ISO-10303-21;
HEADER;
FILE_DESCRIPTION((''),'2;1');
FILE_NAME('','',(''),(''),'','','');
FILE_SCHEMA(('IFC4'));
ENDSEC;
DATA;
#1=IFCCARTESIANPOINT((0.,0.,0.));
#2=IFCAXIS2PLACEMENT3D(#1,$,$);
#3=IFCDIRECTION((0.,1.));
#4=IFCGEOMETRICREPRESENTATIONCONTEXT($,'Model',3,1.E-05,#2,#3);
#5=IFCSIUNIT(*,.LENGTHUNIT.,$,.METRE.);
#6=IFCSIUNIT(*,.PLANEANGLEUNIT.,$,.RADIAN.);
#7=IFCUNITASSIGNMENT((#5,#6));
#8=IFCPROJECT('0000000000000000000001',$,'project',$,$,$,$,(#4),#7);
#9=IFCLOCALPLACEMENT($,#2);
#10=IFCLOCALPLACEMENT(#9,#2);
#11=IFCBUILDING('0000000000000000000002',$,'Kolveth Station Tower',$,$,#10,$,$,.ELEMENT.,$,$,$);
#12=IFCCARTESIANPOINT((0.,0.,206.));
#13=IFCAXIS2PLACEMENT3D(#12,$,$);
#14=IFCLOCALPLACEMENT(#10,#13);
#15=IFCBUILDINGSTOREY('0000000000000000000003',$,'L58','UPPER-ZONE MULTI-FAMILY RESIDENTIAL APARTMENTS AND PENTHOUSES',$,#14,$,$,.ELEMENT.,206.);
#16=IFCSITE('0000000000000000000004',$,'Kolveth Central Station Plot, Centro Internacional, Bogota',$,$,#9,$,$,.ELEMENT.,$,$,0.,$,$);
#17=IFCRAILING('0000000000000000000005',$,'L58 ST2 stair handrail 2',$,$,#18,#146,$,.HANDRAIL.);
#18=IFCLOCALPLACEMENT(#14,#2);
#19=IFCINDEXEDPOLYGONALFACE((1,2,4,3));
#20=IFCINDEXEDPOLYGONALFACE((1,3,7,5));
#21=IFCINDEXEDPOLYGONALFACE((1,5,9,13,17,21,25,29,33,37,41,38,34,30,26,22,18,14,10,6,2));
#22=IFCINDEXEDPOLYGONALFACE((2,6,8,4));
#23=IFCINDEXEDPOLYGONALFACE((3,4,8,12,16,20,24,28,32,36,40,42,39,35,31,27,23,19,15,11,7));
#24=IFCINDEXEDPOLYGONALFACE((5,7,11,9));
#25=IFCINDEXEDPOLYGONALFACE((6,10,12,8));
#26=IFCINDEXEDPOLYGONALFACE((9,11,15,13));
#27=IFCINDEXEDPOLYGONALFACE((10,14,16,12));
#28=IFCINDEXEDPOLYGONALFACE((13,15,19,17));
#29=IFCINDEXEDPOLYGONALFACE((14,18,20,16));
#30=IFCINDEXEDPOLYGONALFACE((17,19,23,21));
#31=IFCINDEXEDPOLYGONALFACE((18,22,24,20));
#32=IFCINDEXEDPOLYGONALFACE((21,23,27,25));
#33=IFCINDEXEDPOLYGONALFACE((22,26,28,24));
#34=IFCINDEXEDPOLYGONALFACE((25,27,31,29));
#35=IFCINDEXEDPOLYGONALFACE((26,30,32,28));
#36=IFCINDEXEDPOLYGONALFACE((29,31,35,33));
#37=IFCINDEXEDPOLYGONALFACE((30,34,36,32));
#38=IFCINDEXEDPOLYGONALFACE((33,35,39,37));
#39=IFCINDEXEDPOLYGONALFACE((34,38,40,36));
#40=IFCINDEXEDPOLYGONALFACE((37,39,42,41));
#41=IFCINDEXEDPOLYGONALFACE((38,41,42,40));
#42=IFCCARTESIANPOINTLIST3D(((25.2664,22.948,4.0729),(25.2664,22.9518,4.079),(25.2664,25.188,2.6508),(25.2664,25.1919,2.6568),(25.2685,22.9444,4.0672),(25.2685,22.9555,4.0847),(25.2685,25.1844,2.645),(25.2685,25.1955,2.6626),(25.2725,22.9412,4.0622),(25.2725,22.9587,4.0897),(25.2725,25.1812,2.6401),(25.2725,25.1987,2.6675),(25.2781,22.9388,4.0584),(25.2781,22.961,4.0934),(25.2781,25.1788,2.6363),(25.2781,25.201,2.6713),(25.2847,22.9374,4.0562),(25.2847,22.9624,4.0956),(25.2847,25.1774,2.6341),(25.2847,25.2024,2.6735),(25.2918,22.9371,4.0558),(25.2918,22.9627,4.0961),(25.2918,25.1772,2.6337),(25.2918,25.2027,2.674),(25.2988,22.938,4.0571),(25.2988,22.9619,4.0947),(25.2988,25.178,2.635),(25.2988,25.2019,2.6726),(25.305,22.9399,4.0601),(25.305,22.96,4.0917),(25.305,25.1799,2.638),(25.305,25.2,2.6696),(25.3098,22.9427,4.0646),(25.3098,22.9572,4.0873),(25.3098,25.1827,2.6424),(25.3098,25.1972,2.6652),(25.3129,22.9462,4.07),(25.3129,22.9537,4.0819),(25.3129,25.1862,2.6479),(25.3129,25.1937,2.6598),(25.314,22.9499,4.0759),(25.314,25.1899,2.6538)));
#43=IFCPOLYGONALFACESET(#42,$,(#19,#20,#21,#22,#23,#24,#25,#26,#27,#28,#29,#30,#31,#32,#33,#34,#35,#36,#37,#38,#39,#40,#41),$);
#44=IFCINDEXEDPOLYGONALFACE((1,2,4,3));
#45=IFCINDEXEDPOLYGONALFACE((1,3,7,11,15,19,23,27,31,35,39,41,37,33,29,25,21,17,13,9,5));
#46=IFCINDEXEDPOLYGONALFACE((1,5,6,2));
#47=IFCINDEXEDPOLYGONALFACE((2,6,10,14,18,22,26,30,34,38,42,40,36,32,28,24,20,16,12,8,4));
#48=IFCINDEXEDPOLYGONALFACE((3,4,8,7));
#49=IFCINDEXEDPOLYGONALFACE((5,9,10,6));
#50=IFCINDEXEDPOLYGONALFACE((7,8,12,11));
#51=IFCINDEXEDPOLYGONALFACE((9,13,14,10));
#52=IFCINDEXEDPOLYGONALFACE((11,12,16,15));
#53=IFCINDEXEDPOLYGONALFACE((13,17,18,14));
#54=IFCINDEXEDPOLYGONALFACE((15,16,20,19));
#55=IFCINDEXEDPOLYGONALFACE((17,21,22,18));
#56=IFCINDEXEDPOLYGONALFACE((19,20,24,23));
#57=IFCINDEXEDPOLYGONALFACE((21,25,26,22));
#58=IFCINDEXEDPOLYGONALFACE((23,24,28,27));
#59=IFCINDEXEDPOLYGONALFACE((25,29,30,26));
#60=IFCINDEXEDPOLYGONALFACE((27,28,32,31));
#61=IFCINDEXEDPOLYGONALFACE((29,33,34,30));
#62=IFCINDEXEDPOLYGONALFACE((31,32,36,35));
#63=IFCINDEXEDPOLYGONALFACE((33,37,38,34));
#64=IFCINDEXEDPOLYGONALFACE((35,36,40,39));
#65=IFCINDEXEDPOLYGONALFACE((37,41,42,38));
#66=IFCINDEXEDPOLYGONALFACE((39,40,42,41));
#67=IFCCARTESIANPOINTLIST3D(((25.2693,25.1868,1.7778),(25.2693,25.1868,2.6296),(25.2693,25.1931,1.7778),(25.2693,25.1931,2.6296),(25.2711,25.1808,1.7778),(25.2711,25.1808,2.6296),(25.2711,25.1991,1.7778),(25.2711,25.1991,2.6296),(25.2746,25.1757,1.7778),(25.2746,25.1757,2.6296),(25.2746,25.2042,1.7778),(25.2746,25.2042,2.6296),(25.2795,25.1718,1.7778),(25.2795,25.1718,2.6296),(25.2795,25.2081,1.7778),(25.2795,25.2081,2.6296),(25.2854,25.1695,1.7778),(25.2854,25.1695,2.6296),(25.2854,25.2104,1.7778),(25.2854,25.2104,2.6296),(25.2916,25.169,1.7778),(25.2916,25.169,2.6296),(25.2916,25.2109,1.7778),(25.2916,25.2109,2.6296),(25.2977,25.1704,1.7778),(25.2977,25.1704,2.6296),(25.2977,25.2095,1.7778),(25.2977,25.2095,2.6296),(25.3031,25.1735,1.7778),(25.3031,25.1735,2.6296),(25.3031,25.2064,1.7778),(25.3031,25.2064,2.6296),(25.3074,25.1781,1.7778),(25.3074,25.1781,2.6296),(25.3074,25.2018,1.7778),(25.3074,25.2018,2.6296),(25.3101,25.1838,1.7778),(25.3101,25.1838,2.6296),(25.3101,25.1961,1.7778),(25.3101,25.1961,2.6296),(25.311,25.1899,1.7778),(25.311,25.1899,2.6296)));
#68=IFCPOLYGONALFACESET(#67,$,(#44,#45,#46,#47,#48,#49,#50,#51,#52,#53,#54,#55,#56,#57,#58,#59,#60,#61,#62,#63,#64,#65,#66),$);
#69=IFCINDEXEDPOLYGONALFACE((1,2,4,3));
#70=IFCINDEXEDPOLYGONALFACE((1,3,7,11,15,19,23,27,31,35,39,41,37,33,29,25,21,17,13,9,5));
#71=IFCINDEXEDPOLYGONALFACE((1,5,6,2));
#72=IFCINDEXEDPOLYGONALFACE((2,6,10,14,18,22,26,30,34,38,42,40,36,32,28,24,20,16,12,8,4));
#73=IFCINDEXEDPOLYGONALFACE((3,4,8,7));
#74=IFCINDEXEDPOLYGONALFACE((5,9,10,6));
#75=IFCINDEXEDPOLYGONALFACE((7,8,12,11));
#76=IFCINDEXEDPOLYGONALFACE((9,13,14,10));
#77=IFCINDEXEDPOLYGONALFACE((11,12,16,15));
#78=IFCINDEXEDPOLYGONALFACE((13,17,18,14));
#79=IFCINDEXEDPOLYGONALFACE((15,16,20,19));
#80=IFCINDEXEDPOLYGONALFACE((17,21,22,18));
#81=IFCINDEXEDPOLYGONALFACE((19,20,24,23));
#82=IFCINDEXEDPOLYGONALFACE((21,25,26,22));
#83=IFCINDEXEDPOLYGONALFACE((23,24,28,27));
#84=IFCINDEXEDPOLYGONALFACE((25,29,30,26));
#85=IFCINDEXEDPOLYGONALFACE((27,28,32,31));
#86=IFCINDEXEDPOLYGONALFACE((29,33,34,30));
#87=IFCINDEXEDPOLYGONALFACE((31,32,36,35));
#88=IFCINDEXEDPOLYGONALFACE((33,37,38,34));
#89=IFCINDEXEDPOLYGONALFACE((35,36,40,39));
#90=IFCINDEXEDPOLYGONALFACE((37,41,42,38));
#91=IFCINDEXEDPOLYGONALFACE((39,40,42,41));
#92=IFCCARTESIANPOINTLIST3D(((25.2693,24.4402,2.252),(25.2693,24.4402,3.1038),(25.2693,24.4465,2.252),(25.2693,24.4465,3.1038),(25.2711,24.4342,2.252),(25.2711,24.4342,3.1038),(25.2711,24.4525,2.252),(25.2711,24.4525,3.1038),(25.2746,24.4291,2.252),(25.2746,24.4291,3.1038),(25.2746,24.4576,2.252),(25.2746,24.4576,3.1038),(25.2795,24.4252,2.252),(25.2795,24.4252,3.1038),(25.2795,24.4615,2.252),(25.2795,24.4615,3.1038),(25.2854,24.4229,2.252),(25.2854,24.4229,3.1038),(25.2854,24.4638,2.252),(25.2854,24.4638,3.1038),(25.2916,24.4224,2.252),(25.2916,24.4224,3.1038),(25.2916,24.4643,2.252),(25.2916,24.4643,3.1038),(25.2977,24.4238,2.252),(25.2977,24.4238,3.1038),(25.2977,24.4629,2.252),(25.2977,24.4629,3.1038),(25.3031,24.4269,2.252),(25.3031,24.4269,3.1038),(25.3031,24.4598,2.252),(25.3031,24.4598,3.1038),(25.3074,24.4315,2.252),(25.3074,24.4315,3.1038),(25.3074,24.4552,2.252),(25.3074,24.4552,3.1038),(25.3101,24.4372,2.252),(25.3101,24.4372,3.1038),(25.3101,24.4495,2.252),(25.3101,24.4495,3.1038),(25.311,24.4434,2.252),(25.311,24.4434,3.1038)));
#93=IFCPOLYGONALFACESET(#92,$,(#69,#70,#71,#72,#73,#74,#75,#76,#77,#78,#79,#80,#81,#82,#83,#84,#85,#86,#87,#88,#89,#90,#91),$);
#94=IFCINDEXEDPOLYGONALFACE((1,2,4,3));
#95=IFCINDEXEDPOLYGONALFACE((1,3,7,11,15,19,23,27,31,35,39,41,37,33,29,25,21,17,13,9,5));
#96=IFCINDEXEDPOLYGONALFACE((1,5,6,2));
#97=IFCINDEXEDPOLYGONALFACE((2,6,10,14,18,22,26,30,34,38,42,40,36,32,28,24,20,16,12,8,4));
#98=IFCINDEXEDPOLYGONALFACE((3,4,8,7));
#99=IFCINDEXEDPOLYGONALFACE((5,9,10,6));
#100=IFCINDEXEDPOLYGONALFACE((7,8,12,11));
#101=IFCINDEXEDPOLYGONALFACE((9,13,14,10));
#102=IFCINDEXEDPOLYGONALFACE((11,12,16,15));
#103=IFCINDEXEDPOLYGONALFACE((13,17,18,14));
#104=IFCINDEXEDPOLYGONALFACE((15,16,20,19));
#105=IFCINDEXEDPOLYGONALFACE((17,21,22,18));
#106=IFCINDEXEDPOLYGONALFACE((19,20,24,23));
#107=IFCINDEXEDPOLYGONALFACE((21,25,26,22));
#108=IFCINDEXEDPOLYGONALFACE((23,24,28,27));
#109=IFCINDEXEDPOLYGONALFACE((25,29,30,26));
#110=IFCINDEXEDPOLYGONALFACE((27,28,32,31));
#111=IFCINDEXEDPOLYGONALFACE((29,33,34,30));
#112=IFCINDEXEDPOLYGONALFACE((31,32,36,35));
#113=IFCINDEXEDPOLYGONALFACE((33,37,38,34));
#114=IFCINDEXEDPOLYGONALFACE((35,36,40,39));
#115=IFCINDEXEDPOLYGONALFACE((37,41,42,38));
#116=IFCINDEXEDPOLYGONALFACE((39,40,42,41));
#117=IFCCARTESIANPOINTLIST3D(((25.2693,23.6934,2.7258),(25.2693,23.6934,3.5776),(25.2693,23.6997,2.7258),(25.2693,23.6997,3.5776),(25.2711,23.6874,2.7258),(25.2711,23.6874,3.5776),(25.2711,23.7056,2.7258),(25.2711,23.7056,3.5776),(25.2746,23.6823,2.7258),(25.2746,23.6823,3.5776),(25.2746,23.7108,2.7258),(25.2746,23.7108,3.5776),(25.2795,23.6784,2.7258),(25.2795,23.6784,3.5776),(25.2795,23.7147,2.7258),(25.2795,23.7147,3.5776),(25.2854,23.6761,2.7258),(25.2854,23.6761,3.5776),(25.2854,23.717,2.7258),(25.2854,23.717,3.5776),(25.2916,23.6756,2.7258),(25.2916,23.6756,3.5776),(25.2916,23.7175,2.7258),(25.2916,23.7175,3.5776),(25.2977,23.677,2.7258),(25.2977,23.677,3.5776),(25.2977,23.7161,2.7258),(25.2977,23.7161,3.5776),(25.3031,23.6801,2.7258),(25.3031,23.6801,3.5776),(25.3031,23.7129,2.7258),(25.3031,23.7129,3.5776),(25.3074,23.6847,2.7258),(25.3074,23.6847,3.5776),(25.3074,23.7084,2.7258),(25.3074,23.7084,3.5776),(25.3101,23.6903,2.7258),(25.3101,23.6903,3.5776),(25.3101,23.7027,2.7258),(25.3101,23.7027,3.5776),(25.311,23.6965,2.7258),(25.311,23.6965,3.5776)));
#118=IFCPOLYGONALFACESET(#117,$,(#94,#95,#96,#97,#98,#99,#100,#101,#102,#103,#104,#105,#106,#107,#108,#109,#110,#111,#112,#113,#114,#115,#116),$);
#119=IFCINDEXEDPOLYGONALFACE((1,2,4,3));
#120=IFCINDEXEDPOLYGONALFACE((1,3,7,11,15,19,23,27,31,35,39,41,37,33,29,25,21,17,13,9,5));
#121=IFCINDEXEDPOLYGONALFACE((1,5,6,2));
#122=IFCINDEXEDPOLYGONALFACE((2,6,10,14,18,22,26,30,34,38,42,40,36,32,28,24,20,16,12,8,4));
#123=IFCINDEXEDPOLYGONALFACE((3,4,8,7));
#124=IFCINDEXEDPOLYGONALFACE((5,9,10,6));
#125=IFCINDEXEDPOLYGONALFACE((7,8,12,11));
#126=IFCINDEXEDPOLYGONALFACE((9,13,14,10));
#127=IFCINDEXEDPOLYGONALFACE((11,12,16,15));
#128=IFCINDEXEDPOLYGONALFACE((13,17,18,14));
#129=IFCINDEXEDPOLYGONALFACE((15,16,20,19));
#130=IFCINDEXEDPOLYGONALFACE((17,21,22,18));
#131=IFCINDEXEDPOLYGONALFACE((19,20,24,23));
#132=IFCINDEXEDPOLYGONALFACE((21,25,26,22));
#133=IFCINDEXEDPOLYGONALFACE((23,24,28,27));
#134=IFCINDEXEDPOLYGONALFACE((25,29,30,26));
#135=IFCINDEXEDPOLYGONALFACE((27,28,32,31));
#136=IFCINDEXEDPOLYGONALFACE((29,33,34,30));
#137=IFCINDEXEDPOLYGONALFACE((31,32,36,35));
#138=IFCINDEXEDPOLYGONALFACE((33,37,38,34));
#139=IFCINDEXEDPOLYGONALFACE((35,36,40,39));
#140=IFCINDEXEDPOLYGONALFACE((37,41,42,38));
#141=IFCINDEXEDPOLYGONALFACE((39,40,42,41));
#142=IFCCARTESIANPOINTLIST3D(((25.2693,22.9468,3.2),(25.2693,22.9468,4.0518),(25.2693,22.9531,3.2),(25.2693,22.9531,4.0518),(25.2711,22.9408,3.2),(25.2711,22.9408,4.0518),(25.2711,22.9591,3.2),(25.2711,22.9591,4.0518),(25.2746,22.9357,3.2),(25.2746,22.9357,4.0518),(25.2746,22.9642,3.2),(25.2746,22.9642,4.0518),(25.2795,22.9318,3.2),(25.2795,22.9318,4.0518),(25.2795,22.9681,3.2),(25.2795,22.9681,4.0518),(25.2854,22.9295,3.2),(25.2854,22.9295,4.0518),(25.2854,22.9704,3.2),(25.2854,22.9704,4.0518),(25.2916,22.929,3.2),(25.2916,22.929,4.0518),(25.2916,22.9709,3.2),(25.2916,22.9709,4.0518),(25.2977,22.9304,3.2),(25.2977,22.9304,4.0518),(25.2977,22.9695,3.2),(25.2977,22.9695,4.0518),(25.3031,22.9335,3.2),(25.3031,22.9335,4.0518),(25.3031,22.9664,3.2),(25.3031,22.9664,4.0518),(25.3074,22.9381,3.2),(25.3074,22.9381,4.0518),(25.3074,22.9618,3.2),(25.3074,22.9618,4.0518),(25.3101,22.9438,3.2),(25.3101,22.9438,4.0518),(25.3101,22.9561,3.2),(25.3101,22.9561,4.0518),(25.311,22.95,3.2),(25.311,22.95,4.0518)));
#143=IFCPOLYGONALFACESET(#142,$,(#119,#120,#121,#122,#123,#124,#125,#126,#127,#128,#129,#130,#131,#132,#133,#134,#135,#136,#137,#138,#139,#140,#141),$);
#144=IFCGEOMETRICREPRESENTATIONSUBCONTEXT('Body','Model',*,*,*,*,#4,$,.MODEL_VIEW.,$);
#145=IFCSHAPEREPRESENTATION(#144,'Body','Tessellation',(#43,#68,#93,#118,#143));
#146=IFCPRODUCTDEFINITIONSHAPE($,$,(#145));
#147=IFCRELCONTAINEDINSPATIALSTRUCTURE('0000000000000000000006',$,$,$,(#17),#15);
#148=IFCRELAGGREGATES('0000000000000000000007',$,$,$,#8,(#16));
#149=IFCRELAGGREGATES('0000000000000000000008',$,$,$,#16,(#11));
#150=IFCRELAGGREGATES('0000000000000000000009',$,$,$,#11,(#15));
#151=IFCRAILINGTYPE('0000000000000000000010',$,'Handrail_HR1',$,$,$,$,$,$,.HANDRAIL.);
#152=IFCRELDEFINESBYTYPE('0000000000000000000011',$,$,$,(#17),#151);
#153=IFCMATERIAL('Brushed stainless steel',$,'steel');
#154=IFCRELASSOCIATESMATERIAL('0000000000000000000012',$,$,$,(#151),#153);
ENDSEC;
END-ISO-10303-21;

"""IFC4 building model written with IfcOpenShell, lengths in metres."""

from ifc_helpers import new_model, si_unit, direction, frame, origin, origin_2d, place, context, subcontext, project, spatial, circle, extrude, material, type_object, element, save


model = new_model("IFC4")

# Units and contexts
model_context = context("Model", 3, precision=1e-05, world=origin(), true_north=direction((0.0, 1.0)))
body_context = subcontext(model_context, "Body", "Model", "MODEL_VIEW")
ifc_project = project(units=[si_unit("LENGTHUNIT", "METRE"), si_unit("PLANEANGLEUNIT", "RADIAN")], contexts=[model_context])

# Site, building, storey
site_placement = place(None, origin())
site = spatial("IfcSite", under=ifc_project, at=site_placement, Name="Kolveth Central Station Plot, Centro Internacional, Bogota", CompositionType="ELEMENT", RefElevation=0.0)
building_placement = place(site_placement, origin())
building = spatial("IfcBuilding", under=site, at=building_placement, Name="Kolveth Station Tower", CompositionType="ELEMENT")
storey_placement = place(building_placement, frame((0.0, 0.0, 206.0)))
storey = spatial("IfcBuildingStorey", under=building, at=storey_placement, Name="L58", Description="UPPER-ZONE MULTI-FAMILY RESIDENTIAL APARTMENTS AND PENTHOUSES", CompositionType="ELEMENT", Elevation=206.0)

# Railing
ifc_material_1 = material(Name="Brushed stainless steel", Category="steel")
railing_type_1 = type_object("IfcRailingType", Name="Handrail_HR1", PredefinedType="HANDRAIL", material=ifc_material_1)
railing_1_placement = place(storey_placement, frame((25.29, 25.1899, 1.7778)))
element("IfcRailing", 1, at=railing_1_placement, inside=storey, type_object=railing_type_1, Name="L58 ST2 stair handrail 2", PredefinedType="HANDRAIL", context=body_context, shape_type="SweptSolid", body=[
    extrude(circle(Radius=0.0239, at=origin_2d()), frame((0.0, 0.0, 0.876), z_axis=(0.0, -0.844229, 0.535982), x_axis=(1.0, 0.0, 0.0)), (0.0, 0.0, 1.0), 2.6533),
    extrude(circle(Radius=0.021, at=origin_2d()), origin(), (0.0, 0.0, 1.0), 0.8518),
    extrude(circle(Radius=0.021, at=origin_2d()), frame((0.0, -0.7466, 0.4741)), (0.0, 0.0, 1.0), 0.8518),
    extrude(circle(Radius=0.021, at=origin_2d()), frame((0.0, -1.4934, 0.948)), (0.0, 0.0, 1.0), 0.8518),
    extrude(circle(Radius=0.021, at=origin_2d()), frame((0.0, -2.24, 1.4221)), (0.0, 0.0, 1.0), 0.8518),
])

save(model, "model.ifc")
